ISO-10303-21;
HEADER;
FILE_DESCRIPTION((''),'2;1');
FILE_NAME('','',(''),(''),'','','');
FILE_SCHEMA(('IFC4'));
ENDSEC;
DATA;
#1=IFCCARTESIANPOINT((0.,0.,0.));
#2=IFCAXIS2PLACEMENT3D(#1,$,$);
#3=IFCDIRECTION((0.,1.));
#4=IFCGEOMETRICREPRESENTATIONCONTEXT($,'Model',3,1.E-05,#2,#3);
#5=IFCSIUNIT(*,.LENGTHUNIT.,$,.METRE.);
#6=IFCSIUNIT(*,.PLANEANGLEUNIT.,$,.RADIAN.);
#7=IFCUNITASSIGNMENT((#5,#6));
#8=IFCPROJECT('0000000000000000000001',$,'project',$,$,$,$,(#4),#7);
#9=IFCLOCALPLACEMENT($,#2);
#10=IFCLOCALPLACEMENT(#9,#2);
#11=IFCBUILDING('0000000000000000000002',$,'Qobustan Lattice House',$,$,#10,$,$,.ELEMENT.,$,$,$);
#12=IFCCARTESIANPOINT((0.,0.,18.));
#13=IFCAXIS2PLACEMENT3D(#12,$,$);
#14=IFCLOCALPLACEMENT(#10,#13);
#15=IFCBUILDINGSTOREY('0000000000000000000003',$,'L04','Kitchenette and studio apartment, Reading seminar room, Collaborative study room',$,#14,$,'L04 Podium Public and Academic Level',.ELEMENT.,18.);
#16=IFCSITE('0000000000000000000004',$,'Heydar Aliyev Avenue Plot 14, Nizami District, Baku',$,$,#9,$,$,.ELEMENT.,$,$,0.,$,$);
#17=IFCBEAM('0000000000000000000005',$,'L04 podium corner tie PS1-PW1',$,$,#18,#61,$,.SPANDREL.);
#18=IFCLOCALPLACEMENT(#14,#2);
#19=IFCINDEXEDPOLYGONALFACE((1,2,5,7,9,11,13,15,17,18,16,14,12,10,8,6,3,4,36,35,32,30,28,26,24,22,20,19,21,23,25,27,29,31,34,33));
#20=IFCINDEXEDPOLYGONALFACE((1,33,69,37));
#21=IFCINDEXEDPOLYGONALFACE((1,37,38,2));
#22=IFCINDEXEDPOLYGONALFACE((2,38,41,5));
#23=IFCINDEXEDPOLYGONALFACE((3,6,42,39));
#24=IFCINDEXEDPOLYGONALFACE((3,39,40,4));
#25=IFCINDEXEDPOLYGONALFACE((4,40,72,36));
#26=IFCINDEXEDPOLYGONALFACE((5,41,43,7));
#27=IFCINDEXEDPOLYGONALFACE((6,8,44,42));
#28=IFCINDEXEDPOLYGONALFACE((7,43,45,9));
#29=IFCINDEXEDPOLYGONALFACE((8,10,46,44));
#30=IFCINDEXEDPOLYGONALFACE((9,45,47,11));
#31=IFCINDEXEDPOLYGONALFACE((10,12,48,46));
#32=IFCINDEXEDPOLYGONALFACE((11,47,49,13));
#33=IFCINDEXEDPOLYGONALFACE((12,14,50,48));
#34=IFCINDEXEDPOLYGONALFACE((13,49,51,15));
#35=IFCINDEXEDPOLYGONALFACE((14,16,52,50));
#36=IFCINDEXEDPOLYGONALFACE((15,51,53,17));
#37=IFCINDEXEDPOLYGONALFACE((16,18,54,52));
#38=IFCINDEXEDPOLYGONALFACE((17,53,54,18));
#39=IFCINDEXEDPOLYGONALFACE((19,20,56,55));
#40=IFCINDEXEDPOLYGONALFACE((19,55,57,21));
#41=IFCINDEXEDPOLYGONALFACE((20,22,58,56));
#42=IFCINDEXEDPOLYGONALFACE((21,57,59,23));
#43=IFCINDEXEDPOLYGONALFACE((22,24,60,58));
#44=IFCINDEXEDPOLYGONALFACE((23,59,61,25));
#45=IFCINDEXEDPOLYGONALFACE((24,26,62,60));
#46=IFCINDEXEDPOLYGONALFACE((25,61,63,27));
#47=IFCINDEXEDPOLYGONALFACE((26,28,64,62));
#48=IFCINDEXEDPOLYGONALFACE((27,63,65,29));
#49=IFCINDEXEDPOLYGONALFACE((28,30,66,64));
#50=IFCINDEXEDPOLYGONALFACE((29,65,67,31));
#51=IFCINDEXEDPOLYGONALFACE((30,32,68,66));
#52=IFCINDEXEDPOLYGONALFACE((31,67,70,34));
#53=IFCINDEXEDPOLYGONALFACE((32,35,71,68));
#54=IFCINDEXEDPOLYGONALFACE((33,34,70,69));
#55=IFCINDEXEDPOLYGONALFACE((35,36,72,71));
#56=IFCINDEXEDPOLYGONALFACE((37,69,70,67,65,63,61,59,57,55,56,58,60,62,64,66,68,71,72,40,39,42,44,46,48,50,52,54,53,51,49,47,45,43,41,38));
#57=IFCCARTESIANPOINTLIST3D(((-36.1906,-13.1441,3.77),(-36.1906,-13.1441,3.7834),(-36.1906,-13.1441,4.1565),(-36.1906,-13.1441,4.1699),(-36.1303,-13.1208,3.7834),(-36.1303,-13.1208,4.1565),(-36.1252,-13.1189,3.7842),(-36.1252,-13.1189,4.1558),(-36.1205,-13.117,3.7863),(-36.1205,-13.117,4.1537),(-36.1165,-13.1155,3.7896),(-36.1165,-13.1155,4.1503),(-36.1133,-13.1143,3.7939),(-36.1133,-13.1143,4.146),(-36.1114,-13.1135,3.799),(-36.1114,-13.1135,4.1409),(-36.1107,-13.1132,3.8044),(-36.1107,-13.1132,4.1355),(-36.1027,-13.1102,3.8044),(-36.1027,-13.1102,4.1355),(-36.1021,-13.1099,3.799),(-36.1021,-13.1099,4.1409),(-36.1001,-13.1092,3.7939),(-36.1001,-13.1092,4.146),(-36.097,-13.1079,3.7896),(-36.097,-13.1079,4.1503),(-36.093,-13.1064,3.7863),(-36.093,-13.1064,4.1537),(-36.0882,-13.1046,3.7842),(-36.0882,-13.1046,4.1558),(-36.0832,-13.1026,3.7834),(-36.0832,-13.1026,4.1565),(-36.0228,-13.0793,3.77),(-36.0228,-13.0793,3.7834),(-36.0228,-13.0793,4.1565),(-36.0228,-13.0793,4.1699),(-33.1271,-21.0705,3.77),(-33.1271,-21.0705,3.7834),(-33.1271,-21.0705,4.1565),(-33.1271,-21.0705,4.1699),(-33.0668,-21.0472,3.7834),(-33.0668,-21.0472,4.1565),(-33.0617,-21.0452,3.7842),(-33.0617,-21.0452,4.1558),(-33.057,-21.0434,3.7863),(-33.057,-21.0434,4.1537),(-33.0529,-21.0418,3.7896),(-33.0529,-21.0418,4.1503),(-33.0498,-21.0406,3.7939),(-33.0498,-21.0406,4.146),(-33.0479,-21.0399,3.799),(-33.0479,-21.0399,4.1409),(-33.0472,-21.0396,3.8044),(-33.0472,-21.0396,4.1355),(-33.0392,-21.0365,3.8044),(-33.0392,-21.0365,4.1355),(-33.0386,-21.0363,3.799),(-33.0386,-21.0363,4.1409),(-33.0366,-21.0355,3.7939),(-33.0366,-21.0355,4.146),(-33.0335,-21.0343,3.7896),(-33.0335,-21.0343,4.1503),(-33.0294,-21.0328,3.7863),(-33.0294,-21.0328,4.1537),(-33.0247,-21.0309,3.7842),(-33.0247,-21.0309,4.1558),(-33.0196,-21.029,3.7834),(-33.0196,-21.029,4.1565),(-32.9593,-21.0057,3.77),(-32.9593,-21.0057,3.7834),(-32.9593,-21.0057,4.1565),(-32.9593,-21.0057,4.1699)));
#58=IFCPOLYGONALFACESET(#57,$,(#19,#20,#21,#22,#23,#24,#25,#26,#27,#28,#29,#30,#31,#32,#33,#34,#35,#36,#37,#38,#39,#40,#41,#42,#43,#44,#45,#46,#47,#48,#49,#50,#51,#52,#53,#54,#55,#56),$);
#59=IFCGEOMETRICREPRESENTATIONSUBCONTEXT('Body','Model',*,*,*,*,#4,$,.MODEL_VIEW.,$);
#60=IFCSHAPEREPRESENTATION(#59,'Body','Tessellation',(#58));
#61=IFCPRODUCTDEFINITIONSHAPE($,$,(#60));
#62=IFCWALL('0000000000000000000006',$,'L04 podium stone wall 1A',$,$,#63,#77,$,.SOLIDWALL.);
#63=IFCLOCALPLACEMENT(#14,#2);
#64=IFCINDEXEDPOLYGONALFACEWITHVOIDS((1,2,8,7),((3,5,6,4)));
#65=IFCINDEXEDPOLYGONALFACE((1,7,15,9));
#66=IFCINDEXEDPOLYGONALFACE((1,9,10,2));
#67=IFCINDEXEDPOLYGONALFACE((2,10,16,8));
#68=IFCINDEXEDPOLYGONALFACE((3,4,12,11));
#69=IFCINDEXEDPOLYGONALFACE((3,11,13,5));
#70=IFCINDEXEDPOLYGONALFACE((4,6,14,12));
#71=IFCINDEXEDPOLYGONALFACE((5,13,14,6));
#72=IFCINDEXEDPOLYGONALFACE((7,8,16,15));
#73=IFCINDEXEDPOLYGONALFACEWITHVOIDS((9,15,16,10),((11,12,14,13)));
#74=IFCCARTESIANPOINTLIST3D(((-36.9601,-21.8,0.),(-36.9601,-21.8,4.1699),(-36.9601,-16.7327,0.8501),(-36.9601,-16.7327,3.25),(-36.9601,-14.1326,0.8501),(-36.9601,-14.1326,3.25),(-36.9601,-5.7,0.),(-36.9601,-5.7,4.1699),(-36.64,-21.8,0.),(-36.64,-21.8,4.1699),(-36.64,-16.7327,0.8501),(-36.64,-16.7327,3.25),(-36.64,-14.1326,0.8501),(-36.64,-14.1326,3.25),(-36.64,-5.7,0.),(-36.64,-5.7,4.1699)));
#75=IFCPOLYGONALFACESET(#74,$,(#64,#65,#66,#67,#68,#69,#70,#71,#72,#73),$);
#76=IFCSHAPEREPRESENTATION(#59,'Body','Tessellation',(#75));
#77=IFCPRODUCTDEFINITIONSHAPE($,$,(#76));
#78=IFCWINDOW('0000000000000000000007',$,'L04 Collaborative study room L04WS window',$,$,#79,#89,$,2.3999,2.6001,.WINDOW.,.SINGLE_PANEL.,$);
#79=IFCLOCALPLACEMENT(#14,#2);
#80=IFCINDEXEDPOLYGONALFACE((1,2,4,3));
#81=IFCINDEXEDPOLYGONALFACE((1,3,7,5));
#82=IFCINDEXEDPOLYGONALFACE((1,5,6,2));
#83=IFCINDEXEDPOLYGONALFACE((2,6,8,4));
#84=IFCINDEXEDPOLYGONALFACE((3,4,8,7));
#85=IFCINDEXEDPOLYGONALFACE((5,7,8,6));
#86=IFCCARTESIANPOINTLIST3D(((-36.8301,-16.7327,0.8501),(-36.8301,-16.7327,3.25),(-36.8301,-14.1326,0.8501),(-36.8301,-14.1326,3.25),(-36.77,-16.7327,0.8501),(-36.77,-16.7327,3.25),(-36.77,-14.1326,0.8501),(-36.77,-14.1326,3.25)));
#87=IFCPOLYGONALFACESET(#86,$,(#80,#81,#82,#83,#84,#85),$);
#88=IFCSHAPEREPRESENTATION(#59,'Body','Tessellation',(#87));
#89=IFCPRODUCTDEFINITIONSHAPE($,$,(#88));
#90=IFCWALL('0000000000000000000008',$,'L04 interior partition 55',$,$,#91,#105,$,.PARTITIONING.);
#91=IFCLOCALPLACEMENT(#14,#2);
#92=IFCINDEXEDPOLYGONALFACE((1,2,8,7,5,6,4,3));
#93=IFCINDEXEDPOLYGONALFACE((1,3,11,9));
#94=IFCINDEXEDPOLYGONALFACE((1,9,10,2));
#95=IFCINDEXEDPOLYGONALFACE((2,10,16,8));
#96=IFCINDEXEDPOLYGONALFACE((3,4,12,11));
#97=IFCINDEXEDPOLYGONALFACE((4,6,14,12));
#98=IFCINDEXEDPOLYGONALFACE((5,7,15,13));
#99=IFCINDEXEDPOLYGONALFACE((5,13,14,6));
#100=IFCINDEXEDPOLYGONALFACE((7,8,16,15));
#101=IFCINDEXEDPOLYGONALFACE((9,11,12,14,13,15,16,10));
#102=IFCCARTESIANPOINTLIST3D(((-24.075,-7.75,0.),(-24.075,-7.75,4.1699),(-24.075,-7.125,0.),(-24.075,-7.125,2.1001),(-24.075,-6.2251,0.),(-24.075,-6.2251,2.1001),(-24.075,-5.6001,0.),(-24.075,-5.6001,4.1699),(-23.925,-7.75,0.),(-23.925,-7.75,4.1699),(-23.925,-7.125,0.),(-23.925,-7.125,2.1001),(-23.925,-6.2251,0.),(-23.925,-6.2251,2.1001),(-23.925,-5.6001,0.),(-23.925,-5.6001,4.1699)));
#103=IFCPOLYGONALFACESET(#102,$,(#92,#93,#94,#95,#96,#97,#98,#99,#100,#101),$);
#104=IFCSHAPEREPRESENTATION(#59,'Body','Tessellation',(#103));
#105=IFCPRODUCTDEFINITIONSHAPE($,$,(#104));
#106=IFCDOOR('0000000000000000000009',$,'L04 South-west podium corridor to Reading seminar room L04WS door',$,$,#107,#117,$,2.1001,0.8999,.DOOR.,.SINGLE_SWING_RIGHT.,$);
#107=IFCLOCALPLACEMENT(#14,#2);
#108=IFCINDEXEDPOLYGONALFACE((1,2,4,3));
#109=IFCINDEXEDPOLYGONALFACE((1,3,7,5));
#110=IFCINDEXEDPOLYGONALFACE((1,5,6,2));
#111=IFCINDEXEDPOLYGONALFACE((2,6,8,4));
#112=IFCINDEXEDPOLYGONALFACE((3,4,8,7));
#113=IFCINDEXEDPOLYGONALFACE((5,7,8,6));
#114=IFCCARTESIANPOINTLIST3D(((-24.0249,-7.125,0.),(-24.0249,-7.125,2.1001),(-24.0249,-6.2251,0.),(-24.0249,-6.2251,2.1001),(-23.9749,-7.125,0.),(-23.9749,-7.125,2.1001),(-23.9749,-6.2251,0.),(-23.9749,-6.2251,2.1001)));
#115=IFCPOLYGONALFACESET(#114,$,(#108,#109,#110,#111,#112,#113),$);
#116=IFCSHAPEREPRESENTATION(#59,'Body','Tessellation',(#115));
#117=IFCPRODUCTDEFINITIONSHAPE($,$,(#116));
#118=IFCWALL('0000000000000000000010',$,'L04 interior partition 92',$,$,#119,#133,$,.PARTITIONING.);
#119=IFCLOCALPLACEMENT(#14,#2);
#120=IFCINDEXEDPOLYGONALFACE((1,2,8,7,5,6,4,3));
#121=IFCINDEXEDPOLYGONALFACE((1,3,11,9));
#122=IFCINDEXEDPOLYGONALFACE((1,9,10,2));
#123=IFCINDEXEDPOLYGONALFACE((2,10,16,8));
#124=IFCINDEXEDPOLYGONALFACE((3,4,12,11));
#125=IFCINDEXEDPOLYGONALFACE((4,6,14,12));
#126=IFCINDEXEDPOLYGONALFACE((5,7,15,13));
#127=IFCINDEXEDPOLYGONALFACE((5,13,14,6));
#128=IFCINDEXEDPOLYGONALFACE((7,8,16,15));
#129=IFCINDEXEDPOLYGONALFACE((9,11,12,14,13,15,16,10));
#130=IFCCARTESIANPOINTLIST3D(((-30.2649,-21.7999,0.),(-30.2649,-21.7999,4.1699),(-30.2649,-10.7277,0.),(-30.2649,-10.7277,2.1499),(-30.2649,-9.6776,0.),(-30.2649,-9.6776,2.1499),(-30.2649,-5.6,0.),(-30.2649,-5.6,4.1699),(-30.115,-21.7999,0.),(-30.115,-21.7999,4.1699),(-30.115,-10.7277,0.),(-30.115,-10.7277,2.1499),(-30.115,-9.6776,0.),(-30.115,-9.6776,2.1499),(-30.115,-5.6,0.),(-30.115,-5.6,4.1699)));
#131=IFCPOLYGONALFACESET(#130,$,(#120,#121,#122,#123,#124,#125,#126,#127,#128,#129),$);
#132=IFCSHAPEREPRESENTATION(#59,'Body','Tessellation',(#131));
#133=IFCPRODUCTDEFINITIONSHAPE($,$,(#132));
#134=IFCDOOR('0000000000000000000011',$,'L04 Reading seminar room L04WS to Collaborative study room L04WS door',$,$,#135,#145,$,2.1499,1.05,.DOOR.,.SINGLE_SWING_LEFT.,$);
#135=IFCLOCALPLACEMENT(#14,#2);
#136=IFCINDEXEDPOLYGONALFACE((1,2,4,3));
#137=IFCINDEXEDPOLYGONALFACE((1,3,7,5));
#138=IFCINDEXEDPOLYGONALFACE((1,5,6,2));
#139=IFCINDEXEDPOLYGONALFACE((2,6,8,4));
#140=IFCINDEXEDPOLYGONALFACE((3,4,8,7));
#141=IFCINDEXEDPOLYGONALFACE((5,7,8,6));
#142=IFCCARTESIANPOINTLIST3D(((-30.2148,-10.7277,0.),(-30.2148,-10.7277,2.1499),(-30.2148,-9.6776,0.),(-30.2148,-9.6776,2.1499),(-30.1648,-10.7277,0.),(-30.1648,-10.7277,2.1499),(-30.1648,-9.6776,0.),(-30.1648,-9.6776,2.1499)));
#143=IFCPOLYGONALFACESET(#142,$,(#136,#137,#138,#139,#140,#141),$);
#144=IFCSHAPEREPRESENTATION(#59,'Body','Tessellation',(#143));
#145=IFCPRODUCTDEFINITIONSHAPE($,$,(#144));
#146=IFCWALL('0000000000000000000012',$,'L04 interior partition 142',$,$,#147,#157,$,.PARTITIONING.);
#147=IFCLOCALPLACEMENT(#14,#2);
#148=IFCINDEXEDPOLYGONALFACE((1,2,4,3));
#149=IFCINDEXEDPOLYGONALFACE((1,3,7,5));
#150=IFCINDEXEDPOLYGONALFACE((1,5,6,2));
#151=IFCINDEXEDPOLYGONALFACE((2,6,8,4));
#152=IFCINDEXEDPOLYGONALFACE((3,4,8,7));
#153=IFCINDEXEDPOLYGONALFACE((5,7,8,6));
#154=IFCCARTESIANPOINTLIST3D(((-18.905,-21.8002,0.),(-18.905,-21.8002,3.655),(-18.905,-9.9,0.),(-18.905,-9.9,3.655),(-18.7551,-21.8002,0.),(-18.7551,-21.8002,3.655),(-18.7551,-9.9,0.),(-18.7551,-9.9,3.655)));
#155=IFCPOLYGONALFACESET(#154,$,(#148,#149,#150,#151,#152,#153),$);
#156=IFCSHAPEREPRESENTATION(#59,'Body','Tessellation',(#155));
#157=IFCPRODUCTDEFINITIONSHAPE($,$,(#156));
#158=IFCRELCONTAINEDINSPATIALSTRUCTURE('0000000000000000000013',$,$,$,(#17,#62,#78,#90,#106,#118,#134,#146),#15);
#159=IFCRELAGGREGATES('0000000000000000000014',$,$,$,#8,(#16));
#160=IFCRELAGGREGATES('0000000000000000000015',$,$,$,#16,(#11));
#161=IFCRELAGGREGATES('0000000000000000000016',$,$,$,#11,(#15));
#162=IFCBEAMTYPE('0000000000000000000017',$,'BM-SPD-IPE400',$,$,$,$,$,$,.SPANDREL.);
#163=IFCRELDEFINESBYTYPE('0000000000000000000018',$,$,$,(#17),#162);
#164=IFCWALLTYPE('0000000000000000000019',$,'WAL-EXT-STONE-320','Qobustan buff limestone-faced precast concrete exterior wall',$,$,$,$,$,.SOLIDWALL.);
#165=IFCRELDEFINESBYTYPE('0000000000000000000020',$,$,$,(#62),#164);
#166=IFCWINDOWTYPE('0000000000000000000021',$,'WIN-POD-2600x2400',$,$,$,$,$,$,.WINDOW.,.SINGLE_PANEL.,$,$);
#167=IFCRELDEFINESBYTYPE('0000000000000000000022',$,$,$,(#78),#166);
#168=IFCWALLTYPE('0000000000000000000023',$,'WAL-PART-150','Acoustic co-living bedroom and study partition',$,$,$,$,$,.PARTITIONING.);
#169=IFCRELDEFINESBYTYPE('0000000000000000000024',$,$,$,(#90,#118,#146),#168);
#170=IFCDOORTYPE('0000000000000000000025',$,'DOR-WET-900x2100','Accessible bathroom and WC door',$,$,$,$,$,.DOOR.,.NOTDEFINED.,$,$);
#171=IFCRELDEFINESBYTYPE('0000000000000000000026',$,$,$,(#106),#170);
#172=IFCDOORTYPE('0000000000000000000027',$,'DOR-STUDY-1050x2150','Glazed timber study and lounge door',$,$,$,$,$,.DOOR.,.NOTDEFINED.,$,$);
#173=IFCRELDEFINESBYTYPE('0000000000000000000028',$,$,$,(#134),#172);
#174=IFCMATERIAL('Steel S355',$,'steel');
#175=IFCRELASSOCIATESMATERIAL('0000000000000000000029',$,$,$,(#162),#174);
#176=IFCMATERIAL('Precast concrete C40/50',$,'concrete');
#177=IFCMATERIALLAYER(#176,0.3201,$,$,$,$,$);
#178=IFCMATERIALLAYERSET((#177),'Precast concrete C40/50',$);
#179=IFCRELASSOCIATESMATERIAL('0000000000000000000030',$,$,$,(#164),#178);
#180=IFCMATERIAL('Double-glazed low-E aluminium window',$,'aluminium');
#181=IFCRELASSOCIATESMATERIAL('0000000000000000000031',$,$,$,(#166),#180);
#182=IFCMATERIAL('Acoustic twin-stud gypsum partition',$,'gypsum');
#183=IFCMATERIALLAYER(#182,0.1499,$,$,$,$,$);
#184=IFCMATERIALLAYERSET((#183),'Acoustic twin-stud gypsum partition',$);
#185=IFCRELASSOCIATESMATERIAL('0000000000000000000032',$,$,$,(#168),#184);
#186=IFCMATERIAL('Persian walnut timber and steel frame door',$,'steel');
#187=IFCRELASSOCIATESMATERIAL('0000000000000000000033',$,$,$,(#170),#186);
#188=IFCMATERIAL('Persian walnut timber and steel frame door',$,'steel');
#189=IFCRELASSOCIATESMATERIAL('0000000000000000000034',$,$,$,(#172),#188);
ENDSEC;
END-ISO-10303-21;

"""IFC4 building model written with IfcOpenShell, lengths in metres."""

from ifc_helpers import new_model, si_unit, direction, frame, frame_2d, origin, origin_2d, place, context, subcontext, project, spatial, rectangle, i_section, extrude, material, layer, layer_set, material_profile, profile_set, type_object, element, fill, save


model = new_model("IFC4")

# Units and contexts
model_context = context("Model", 3, precision=1e-05, world=origin(), true_north=direction((0.0, 1.0)))
body_context = subcontext(model_context, "Body", "Model", "MODEL_VIEW")
ifc_project = project(units=[si_unit("LENGTHUNIT", "METRE"), si_unit("PLANEANGLEUNIT", "RADIAN")], contexts=[model_context])

# Site, building, storey
site_placement = place(None, origin())
site = spatial("IfcSite", under=ifc_project, at=site_placement, Name="Heydar Aliyev Avenue Plot 14, Nizami District, Baku", CompositionType="ELEMENT", RefElevation=0.0)
building_placement = place(site_placement, origin())
building = spatial("IfcBuilding", under=site, at=building_placement, Name="Qobustan Lattice House", CompositionType="ELEMENT")
storey_placement = place(building_placement, frame((0.0, 0.0, 18.0)))
storey = spatial("IfcBuildingStorey", under=building, at=storey_placement, Name="L04", Description="Kitchenette and studio apartment, Reading seminar room, Collaborative study room", LongName="L04 Podium Public and Academic Level", CompositionType="ELEMENT", Elevation=18.0)

# Beam
ifc_material_1 = material(Name="Steel S355", Category="steel")
ifc_material_profile_1 = material_profile(ifc_material_1, i_section(OverallWidth=0.1799, OverallDepth=0.3999, WebThickness=0.0085, FlangeThickness=0.0134, FilletRadius=0.021, at=origin_2d()), Name="IPE400")
ifc_profile_set_1 = profile_set([ifc_material_profile_1], Name="Steel S355")
beam_type_1 = type_object("IfcBeamType", Name="BM-SPD-IPE400", PredefinedType="SPANDREL", material=ifc_profile_set_1)
beam_1_placement = place(storey_placement, frame((-33.0432, -21.0381, 3.97), z_axis=(-0.360507, 0.932756, 0.0), x_axis=(-0.932756, -0.360507, 0.0)))
element("IfcBeam", 1, at=beam_1_placement, inside=storey, type_object=beam_type_1, Name="L04 podium corner tie PS1-PW1", PredefinedType="SPANDREL", context=body_context, shape_type="SweptSolid", body=[
    extrude(i_section(OverallWidth=0.1799, OverallDepth=0.3999, WebThickness=0.0085, FlangeThickness=0.0134, FilletRadius=0.021, at=origin_2d()), origin(), (0.0, 0.0, 1.0), 8.4978),
])

# Wall, opening, window
ifc_material_2 = material(Name="Precast concrete C40/50", Category="concrete")
ifc_layer_1 = layer(ifc_material_2, 0.3201)
ifc_layer_set_1 = layer_set([ifc_layer_1], Name="Precast concrete C40/50")
wall_type_1 = type_object("IfcWallType", Name="WAL-EXT-STONE-320", Description="Qobustan buff limestone-faced precast concrete exterior wall", PredefinedType="SOLIDWALL", material=ifc_layer_set_1)
wall_1_placement = place(storey_placement, frame((-36.8, -21.8, 0.0), z_axis=(0.0, 0.0, 1.0), x_axis=(0.0, 1.0, 0.0)))
wall_1 = element("IfcWall", 2, at=wall_1_placement, inside=storey, type_object=wall_type_1, Name="L04 podium stone wall 1A", PredefinedType="SOLIDWALL", context=body_context, shape_type="SweptSolid", body=[
    extrude(rectangle(XDim=16.1001, YDim=0.3201, at=frame_2d((8.05, 0.0))), origin(), (0.0, 0.0, 1.0), 4.1699),
])
opening_1_placement = place(wall_1_placement, frame((5.0674, 0.0, 0.8501)))
opening_1 = element("IfcOpeningElement", 3, at=opening_1_placement, cuts=wall_1, PredefinedType="OPENING", context=body_context, shape_type="SweptSolid", body=[
    extrude(rectangle(XDim=2.6001, YDim=2.3999, at=frame_2d((1.3, 1.2))), frame((0.0, 0.1699, 0.0), z_axis=(0.0, -1.0, 0.0), x_axis=(1.0, 0.0, 0.0)), (0.0, 0.0, 1.0), 0.3401),
])
ifc_material_3 = material(Name="Double-glazed low-E aluminium window", Category="aluminium")
window_type = type_object("IfcWindowType", Name="WIN-POD-2600x2400", PartitioningType="SINGLE_PANEL", PredefinedType="WINDOW", material=ifc_material_3)
window_placement = place(opening_1_placement, origin())
window = element("IfcWindow", 4, at=window_placement, inside=storey, type_object=window_type, Name="L04 Collaborative study room L04WS window", OverallHeight=2.3999, OverallWidth=2.6001, PartitioningType="SINGLE_PANEL", PredefinedType="WINDOW", context=body_context, shape_type="SweptSolid", body=[
    extrude(rectangle(XDim=2.6001, YDim=2.3999, at=frame_2d((1.3, 1.2))), frame((0.0, 0.03, 0.0), z_axis=(0.0, -1.0, 0.0), x_axis=(1.0, 0.0, 0.0)), (0.0, 0.0, 1.0), 0.0601),
])
fill(opening_1, window)

# Walls, openings, doors
ifc_material_4 = material(Name="Acoustic twin-stud gypsum partition", Category="gypsum")
ifc_layer_2 = layer(ifc_material_4, 0.1499)
ifc_layer_set_2 = layer_set([ifc_layer_2], Name="Acoustic twin-stud gypsum partition")
wall_type_2 = type_object("IfcWallType", Name="WAL-PART-150", Description="Acoustic co-living bedroom and study partition", PredefinedType="PARTITIONING", material=ifc_layer_set_2)
wall_2_placement = place(storey_placement, frame((-24.0, -7.75, 0.0), z_axis=(0.0, 0.0, 1.0), x_axis=(0.0, 1.0, 0.0)))
wall_2 = element("IfcWall", 5, at=wall_2_placement, inside=storey, type_object=wall_type_2, Name="L04 interior partition 55", PredefinedType="PARTITIONING", context=body_context, shape_type="SweptSolid", body=[
    extrude(rectangle(XDim=2.1499, YDim=0.1499, at=frame_2d((1.075, 0.0))), origin(), (0.0, 0.0, 1.0), 4.1699),
])
opening_2_placement = place(wall_2_placement, frame((0.625, 0.0, 0.0)))
opening_2 = element("IfcOpeningElement", 6, at=opening_2_placement, cuts=wall_2, PredefinedType="OPENING", context=body_context, shape_type="SweptSolid", body=[
    extrude(rectangle(XDim=0.8999, YDim=2.1001, at=frame_2d((0.45, 1.05))), frame((0.0, 0.085, 0.0), z_axis=(0.0, -1.0, 0.0), x_axis=(1.0, 0.0, 0.0)), (0.0, 0.0, 1.0), 0.1699),
])
ifc_material_5 = material(Name="Persian walnut timber and steel frame door", Category="steel")
door_type_1 = type_object("IfcDoorType", Name="DOR-WET-900x2100", Description="Accessible bathroom and WC door", OperationType="NOTDEFINED", PredefinedType="DOOR", material=ifc_material_5)
door_1_placement = place(opening_2_placement, origin())
door_1 = element("IfcDoor", 7, at=door_1_placement, inside=storey, type_object=door_type_1, Name="L04 South-west podium corridor to Reading seminar room L04WS door", OperationType="SINGLE_SWING_RIGHT", OverallHeight=2.1001, OverallWidth=0.8999, PredefinedType="DOOR", context=body_context, shape_type="SweptSolid", body=[
    extrude(rectangle(XDim=0.8999, YDim=2.1001, at=frame_2d((0.45, 1.05))), frame((0.0, 0.0249, 0.0), z_axis=(0.0, -1.0, 0.0), x_axis=(1.0, 0.0, 0.0)), (0.0, 0.0, 1.0), 0.05),
])
fill(opening_2, door_1)
wall_3_placement = place(storey_placement, frame((-30.1899, -21.8, 0.0), z_axis=(0.0, 0.0, 1.0), x_axis=(0.0, 1.0, 0.0)))
wall_3 = element("IfcWall", 8, at=wall_3_placement, inside=storey, type_object=wall_type_2, Name="L04 interior partition 92", PredefinedType="PARTITIONING", context=body_context, shape_type="SweptSolid", body=[
    extrude(rectangle(XDim=16.2, YDim=0.1499, at=frame_2d((8.1001, 0.0))), origin(), (0.0, 0.0, 1.0), 4.1699),
])
opening_3_placement = place(wall_3_placement, frame((11.0725, 0.0, 0.0)))
opening_3 = element("IfcOpeningElement", 9, at=opening_3_placement, cuts=wall_3, PredefinedType="OPENING", context=body_context, shape_type="SweptSolid", body=[
    extrude(rectangle(XDim=1.05, YDim=2.1499, at=frame_2d((0.5249, 1.075))), frame((0.0, 0.085, 0.0), z_axis=(0.0, -1.0, 0.0), x_axis=(1.0, 0.0, 0.0)), (0.0, 0.0, 1.0), 0.1699),
])
ifc_material_6 = material(Name="Persian walnut timber and steel frame door", Category="steel")
door_type_2 = type_object("IfcDoorType", Name="DOR-STUDY-1050x2150", Description="Glazed timber study and lounge door", OperationType="NOTDEFINED", PredefinedType="DOOR", material=ifc_material_6)
door_2_placement = place(opening_3_placement, origin())
door_2 = element("IfcDoor", 10, at=door_2_placement, inside=storey, type_object=door_type_2, Name="L04 Reading seminar room L04WS to Collaborative study room L04WS door", OperationType="SINGLE_SWING_LEFT", OverallHeight=2.1499, OverallWidth=1.05, PredefinedType="DOOR", context=body_context, shape_type="SweptSolid", body=[
    extrude(rectangle(XDim=1.05, YDim=2.1499, at=frame_2d((0.5249, 1.075))), frame((0.0, 0.0249, 0.0), z_axis=(0.0, -1.0, 0.0), x_axis=(1.0, 0.0, 0.0)), (0.0, 0.0, 1.0), 0.05),
])
fill(opening_3, door_2)

# Wall
wall_4_placement = place(storey_placement, frame((-18.8301, -9.8999, 0.0), z_axis=(0.0, 0.0, 1.0), x_axis=(0.0, -1.0, 0.0)))
element("IfcWall", 11, at=wall_4_placement, inside=storey, type_object=wall_type_2, Name="L04 interior partition 142", PredefinedType="PARTITIONING", context=body_context, shape_type="SweptSolid", body=[
    extrude(rectangle(XDim=11.9001, YDim=0.1499, at=frame_2d((5.9502, 0.0))), origin(), (0.0, 0.0, 1.0), 3.655),
])

save(model, "model.ifc")
